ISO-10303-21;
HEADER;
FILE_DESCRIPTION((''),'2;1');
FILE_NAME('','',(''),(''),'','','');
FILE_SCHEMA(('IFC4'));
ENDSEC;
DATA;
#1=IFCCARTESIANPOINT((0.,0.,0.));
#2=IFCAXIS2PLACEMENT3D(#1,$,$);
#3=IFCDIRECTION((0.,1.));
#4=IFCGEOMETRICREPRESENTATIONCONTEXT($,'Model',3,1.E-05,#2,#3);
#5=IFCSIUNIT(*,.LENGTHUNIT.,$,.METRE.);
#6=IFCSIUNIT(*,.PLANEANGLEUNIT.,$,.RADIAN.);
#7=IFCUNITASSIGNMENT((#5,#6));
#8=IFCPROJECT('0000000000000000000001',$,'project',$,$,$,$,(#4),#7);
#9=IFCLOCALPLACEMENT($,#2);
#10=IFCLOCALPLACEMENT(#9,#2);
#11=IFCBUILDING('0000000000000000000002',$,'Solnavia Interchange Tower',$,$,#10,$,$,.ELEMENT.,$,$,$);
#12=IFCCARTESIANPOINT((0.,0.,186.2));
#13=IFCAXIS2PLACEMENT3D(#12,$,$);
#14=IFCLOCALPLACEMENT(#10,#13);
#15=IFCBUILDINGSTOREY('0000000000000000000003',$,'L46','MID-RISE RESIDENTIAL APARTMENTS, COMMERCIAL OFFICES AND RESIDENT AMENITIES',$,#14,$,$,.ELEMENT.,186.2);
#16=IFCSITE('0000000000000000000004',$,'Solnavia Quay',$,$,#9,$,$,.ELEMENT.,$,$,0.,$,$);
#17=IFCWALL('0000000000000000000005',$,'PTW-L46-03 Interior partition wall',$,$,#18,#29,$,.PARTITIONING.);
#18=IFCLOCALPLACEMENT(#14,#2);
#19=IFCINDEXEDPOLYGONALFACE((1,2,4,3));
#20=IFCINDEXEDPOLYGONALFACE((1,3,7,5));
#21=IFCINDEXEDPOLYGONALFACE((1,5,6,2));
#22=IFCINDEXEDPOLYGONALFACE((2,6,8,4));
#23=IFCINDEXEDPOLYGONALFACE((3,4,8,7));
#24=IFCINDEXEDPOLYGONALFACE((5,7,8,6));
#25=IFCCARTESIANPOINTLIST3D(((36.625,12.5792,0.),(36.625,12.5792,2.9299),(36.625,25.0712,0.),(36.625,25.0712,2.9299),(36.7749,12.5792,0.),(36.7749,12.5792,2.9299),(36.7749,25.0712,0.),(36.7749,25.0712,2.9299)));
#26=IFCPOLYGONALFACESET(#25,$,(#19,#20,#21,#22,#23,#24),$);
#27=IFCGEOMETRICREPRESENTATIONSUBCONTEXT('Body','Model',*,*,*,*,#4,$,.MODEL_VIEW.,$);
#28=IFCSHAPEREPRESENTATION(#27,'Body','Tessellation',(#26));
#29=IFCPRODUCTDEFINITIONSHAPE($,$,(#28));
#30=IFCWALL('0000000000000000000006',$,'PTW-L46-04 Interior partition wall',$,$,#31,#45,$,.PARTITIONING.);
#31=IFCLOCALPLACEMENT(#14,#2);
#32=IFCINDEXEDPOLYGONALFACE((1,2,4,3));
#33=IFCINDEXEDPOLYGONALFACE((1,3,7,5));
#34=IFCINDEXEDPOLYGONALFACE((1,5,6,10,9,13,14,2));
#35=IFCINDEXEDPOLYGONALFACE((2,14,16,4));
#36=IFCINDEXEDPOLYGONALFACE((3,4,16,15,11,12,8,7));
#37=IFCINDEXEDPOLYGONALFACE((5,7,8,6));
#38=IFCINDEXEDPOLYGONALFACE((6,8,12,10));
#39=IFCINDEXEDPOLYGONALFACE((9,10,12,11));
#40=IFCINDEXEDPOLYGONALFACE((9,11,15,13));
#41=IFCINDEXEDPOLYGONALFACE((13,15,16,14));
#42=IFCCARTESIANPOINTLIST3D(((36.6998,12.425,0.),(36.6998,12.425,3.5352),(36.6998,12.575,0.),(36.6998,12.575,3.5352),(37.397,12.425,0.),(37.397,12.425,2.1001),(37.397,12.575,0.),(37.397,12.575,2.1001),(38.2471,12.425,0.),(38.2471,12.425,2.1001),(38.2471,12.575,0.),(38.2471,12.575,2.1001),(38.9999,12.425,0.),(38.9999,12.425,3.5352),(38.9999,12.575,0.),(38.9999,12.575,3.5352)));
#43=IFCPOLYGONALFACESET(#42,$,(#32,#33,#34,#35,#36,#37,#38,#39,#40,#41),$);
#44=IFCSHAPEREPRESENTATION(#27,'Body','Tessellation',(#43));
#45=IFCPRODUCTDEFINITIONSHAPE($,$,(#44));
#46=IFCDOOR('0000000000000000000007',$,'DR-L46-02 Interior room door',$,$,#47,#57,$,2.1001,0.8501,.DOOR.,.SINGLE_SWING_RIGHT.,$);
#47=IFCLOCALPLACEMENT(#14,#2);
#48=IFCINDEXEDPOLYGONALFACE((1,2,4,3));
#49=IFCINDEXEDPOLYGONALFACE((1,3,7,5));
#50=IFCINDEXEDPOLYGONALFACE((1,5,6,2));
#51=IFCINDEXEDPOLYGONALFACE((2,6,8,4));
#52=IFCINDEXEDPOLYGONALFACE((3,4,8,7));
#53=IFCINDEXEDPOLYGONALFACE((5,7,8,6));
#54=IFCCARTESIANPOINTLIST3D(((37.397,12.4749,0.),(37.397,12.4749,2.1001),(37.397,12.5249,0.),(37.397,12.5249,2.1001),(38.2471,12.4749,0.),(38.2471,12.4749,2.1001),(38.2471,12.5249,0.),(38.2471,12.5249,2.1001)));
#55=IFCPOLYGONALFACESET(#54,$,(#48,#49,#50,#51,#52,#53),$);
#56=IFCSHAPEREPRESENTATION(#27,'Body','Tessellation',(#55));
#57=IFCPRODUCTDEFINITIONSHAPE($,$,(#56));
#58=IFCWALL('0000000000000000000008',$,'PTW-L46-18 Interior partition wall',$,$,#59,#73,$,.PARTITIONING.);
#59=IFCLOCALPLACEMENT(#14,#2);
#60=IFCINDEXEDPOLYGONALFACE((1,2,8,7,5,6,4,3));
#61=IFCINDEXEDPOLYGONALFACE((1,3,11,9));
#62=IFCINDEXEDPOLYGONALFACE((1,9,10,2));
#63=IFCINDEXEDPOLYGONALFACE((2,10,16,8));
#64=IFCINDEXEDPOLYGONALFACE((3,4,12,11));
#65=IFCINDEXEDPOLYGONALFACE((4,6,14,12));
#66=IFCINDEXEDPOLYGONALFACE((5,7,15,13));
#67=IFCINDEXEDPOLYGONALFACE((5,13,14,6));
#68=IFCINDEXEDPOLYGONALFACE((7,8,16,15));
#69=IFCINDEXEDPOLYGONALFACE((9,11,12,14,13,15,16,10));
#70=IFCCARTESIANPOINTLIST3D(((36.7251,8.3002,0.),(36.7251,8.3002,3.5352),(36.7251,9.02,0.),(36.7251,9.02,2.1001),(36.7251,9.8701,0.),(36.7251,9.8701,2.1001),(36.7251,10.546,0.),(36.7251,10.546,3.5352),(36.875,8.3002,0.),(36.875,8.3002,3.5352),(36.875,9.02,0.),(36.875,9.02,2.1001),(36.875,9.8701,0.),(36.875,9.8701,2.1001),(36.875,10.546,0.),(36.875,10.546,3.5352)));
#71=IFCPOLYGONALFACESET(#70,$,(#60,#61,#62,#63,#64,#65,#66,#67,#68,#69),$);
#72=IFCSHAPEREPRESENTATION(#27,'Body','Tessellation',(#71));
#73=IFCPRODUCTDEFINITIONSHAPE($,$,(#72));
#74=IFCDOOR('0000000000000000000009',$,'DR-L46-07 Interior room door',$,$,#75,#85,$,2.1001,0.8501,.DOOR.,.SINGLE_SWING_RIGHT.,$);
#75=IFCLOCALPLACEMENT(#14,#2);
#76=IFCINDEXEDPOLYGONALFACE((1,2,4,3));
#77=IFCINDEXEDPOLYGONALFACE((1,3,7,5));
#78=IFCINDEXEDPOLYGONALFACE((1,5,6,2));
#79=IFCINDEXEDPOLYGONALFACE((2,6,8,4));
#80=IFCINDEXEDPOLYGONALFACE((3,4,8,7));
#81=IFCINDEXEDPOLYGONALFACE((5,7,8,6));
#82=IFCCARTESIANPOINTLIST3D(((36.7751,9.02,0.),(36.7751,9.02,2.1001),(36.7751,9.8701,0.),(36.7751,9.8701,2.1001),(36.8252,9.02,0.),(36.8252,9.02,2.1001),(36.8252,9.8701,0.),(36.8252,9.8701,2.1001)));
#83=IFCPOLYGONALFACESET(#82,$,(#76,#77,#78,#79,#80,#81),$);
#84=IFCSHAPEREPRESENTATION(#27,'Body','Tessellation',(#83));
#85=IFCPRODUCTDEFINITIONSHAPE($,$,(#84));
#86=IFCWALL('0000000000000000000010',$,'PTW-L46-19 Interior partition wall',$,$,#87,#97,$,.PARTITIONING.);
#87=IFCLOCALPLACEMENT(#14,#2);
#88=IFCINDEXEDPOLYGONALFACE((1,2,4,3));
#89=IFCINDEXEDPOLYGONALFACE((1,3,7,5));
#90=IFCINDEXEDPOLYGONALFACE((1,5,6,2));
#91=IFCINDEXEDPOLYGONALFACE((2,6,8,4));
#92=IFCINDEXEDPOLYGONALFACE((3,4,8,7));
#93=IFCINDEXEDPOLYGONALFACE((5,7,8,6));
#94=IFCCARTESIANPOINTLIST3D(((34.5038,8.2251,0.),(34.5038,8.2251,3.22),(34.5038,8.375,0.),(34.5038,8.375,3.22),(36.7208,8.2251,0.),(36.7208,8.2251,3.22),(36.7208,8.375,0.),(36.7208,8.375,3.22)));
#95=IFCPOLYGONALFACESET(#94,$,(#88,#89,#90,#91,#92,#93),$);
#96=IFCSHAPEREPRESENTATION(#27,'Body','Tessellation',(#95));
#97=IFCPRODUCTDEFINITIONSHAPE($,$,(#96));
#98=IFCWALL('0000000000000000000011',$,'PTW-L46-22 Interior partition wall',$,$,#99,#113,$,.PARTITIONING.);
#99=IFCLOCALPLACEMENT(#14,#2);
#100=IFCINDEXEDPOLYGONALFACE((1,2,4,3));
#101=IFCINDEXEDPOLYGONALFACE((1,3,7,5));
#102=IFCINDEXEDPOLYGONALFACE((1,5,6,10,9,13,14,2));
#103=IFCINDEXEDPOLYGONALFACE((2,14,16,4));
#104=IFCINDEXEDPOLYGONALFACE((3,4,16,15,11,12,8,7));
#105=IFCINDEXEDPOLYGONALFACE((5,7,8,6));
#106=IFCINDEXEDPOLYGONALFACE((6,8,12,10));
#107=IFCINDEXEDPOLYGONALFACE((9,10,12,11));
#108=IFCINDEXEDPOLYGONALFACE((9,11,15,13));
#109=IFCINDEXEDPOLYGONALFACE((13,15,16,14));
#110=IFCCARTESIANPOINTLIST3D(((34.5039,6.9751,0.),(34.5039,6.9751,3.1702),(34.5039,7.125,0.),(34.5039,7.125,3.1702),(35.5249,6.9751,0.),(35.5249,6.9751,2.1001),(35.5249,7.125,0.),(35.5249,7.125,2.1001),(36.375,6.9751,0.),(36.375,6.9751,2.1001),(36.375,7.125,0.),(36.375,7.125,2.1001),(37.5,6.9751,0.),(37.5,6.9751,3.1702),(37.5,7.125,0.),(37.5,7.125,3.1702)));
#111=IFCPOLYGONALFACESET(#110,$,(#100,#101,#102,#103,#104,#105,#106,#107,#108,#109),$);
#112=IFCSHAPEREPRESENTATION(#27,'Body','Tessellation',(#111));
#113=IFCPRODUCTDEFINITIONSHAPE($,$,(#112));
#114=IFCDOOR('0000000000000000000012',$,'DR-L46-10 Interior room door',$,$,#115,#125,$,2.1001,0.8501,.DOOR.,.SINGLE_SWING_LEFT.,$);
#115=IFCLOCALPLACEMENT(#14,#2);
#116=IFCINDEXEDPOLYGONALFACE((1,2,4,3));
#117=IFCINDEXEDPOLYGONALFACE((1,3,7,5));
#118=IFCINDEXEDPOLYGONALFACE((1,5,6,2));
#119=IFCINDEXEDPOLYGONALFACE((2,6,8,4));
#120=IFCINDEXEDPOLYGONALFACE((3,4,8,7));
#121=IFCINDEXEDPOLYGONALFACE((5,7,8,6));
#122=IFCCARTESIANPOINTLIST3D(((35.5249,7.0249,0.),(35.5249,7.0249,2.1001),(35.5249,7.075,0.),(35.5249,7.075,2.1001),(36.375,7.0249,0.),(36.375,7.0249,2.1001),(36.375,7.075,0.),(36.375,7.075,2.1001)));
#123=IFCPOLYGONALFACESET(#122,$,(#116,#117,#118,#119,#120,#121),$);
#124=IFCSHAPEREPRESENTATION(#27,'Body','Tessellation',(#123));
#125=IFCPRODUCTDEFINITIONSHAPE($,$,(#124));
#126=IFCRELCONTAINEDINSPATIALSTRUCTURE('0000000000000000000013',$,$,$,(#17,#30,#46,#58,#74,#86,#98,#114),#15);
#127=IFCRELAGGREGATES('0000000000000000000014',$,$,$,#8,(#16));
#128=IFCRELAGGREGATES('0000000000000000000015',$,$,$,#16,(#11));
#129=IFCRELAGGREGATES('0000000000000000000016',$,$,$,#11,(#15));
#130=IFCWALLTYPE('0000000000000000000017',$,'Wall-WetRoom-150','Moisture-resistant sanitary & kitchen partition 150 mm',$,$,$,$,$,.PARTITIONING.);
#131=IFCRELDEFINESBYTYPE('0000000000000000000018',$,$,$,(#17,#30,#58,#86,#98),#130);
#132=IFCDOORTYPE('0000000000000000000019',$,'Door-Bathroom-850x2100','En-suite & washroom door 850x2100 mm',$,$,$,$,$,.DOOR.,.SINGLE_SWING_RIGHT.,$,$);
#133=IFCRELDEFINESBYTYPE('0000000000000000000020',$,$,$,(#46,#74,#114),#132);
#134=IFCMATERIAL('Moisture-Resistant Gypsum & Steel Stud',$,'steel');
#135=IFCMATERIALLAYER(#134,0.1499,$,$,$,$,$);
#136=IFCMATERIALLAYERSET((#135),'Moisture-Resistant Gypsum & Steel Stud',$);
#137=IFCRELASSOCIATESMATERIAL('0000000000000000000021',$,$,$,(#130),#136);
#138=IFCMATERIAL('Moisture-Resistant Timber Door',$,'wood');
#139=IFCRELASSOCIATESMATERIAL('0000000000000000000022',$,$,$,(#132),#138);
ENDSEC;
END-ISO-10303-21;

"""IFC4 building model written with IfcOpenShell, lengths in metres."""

from ifc_helpers import new_model, si_unit, direction, frame, frame_2d, origin, place, context, subcontext, project, spatial, rectangle, extrude, material, layer, layer_set, type_object, element, fill, save


model = new_model("IFC4")

# Units and contexts
model_context = context("Model", 3, precision=1e-05, world=origin(), true_north=direction((0.0, 1.0)))
body_context = subcontext(model_context, "Body", "Model", "MODEL_VIEW")
ifc_project = project(units=[si_unit("LENGTHUNIT", "METRE"), si_unit("PLANEANGLEUNIT", "RADIAN")], contexts=[model_context])

# Site, building, storey
site_placement = place(None, origin())
site = spatial("IfcSite", under=ifc_project, at=site_placement, Name="Solnavia Quay", CompositionType="ELEMENT", RefElevation=0.0)
building_placement = place(site_placement, origin())
building = spatial("IfcBuilding", under=site, at=building_placement, Name="Solnavia Interchange Tower", CompositionType="ELEMENT")
storey_placement = place(building_placement, frame((0.0, 0.0, 186.2)))
storey = spatial("IfcBuildingStorey", under=building, at=storey_placement, Name="L46", Description="MID-RISE RESIDENTIAL APARTMENTS, COMMERCIAL OFFICES AND RESIDENT AMENITIES", CompositionType="ELEMENT", Elevation=186.2)

# Shared definitions
ifc_material_1 = material(Name="Moisture-Resistant Gypsum & Steel Stud", Category="steel")
ifc_layer_1 = layer(ifc_material_1, 0.1499)
ifc_layer_set_1 = layer_set([ifc_layer_1], Name="Moisture-Resistant Gypsum & Steel Stud")
wall_type_1 = type_object("IfcWallType", Name="Wall-WetRoom-150", Description="Moisture-resistant sanitary & kitchen partition 150 mm", PredefinedType="PARTITIONING", material=ifc_layer_set_1)

# Shared definitions
ifc_material_2 = material(Name="Moisture-Resistant Timber Door", Category="wood")
door_type_1 = type_object("IfcDoorType", Name="Door-Bathroom-850x2100", Description="En-suite & washroom door 850x2100 mm", OperationType="SINGLE_SWING_RIGHT", PredefinedType="DOOR", material=ifc_material_2)

# Wall
wall_1_placement = place(storey_placement, frame((36.7, 12.5791, 0.0), z_axis=(0.0, 0.0, 1.0), x_axis=(0.0, 1.0, 0.0)))
element("IfcWall", 1, at=wall_1_placement, inside=storey, type_object=wall_type_1, Name="PTW-L46-03 Interior partition wall", PredefinedType="PARTITIONING", context=body_context, shape_type="SweptSolid", body=[
    extrude(rectangle(XDim=12.4919, YDim=0.1499, at=frame_2d((6.2461, 0.0))), origin(), (0.0, 0.0, 1.0), 2.9299),
])

# Walls, openings, doors
wall_2_placement = place(storey_placement, frame((36.7, 12.5, 0.0), z_axis=(0.0, 0.0, 1.0), x_axis=(1.0, 0.0, 0.0)))
wall_2 = element("IfcWall", 2, at=wall_2_placement, inside=storey, type_object=wall_type_1, Name="PTW-L46-04 Interior partition wall", PredefinedType="PARTITIONING", context=body_context, shape_type="SweptSolid", body=[
    extrude(rectangle(XDim=2.3, YDim=0.1499, at=frame_2d((1.1499, 0.0))), origin(), (0.0, 0.0, 1.0), 3.5352),
])
opening_1_placement = place(wall_2_placement, frame((0.697, 0.0, 0.0)))
opening_1 = element("IfcOpeningElement", 3, at=opening_1_placement, cuts=wall_2, PredefinedType="OPENING", context=body_context, shape_type="SweptSolid", body=[
    extrude(rectangle(XDim=0.8501, YDim=2.1001, at=frame_2d((0.425, 1.05))), frame((0.0, 0.085, 0.0), z_axis=(0.0, -1.0, 0.0), x_axis=(1.0, 0.0, 0.0)), (0.0, 0.0, 1.0), 0.1699),
])
door_1_placement = place(opening_1_placement, origin())
door_1 = element("IfcDoor", 4, at=door_1_placement, inside=storey, type_object=door_type_1, Name="DR-L46-02 Interior room door", OperationType="SINGLE_SWING_RIGHT", OverallHeight=2.1001, OverallWidth=0.8501, PredefinedType="DOOR", context=body_context, shape_type="SweptSolid", body=[
    extrude(rectangle(XDim=0.8501, YDim=2.1001, at=frame_2d((0.425, 1.05))), frame((0.0, 0.0249, 0.0), z_axis=(0.0, -1.0, 0.0), x_axis=(1.0, 0.0, 0.0)), (0.0, 0.0, 1.0), 0.05),
])
fill(opening_1, door_1)
wall_3_placement = place(storey_placement, frame((36.8, 8.3, 0.0), z_axis=(0.0, 0.0, 1.0), x_axis=(0.0, 1.0, 0.0)))
wall_3 = element("IfcWall", 5, at=wall_3_placement, inside=storey, type_object=wall_type_1, Name="PTW-L46-18 Interior partition wall", PredefinedType="PARTITIONING", context=body_context, shape_type="SweptSolid", body=[
    extrude(rectangle(XDim=2.2458, YDim=0.1499, at=frame_2d((1.123, 0.0))), origin(), (0.0, 0.0, 1.0), 3.5352),
])
opening_2_placement = place(wall_3_placement, frame((0.72, 0.0, 0.0)))
opening_2 = element("IfcOpeningElement", 6, at=opening_2_placement, cuts=wall_3, PredefinedType="OPENING", context=body_context, shape_type="SweptSolid", body=[
    extrude(rectangle(XDim=0.8501, YDim=2.1001, at=frame_2d((0.425, 1.05))), frame((0.0, 0.085, 0.0), z_axis=(0.0, -1.0, 0.0), x_axis=(1.0, 0.0, 0.0)), (0.0, 0.0, 1.0), 0.1699),
])
door_2_placement = place(opening_2_placement, origin())
door_2 = element("IfcDoor", 7, at=door_2_placement, inside=storey, type_object=door_type_1, Name="DR-L46-07 Interior room door", OperationType="SINGLE_SWING_RIGHT", OverallHeight=2.1001, OverallWidth=0.8501, PredefinedType="DOOR", context=body_context, shape_type="SweptSolid", body=[
    extrude(rectangle(XDim=0.8501, YDim=2.1001, at=frame_2d((0.425, 1.05))), frame((0.0, 0.0249, 0.0), z_axis=(0.0, -1.0, 0.0), x_axis=(1.0, 0.0, 0.0)), (0.0, 0.0, 1.0), 0.05),
])
fill(opening_2, door_2)

# Wall
wall_4_placement = place(storey_placement, frame((34.5039, 8.3, 0.0), z_axis=(0.0, 0.0, 1.0), x_axis=(1.0, 0.0, 0.0)))
element("IfcWall", 8, at=wall_4_placement, inside=storey, type_object=wall_type_1, Name="PTW-L46-19 Interior partition wall", PredefinedType="PARTITIONING", context=body_context, shape_type="SweptSolid", body=[
    extrude(rectangle(XDim=2.217, YDim=0.1499, at=frame_2d((1.1084, 0.0))), origin(), (0.0, 0.0, 1.0), 3.22),
])

# Wall, opening, door
wall_5_placement = place(storey_placement, frame((34.5039, 7.05, 0.0), z_axis=(0.0, 0.0, 1.0), x_axis=(1.0, 0.0, 0.0)))
wall_5 = element("IfcWall", 9, at=wall_5_placement, inside=storey, type_object=wall_type_1, Name="PTW-L46-22 Interior partition wall", PredefinedType="PARTITIONING", context=body_context, shape_type="SweptSolid", body=[
    extrude(rectangle(XDim=2.9961, YDim=0.1499, at=frame_2d((1.498, 0.0))), origin(), (0.0, 0.0, 1.0), 3.1702),
])
opening_3_placement = place(wall_5_placement, frame((1.021, 0.0, 0.0)))
opening_3 = element("IfcOpeningElement", 10, at=opening_3_placement, cuts=wall_5, PredefinedType="OPENING", context=body_context, shape_type="SweptSolid", body=[
    extrude(rectangle(XDim=0.8501, YDim=2.1001, at=frame_2d((0.425, 1.05))), frame((0.0, 0.085, 0.0), z_axis=(0.0, -1.0, 0.0), x_axis=(1.0, 0.0, 0.0)), (0.0, 0.0, 1.0), 0.1699),
])
door_3_placement = place(opening_3_placement, origin())
door_3 = element("IfcDoor", 11, at=door_3_placement, inside=storey, type_object=door_type_1, Name="DR-L46-10 Interior room door", OperationType="SINGLE_SWING_LEFT", OverallHeight=2.1001, OverallWidth=0.8501, PredefinedType="DOOR", context=body_context, shape_type="SweptSolid", body=[
    extrude(rectangle(XDim=0.8501, YDim=2.1001, at=frame_2d((0.425, 1.05))), frame((0.0, 0.0249, 0.0), z_axis=(0.0, -1.0, 0.0), x_axis=(1.0, 0.0, 0.0)), (0.0, 0.0, 1.0), 0.05),
])
fill(opening_3, door_3)

save(model, "model.ifc")
